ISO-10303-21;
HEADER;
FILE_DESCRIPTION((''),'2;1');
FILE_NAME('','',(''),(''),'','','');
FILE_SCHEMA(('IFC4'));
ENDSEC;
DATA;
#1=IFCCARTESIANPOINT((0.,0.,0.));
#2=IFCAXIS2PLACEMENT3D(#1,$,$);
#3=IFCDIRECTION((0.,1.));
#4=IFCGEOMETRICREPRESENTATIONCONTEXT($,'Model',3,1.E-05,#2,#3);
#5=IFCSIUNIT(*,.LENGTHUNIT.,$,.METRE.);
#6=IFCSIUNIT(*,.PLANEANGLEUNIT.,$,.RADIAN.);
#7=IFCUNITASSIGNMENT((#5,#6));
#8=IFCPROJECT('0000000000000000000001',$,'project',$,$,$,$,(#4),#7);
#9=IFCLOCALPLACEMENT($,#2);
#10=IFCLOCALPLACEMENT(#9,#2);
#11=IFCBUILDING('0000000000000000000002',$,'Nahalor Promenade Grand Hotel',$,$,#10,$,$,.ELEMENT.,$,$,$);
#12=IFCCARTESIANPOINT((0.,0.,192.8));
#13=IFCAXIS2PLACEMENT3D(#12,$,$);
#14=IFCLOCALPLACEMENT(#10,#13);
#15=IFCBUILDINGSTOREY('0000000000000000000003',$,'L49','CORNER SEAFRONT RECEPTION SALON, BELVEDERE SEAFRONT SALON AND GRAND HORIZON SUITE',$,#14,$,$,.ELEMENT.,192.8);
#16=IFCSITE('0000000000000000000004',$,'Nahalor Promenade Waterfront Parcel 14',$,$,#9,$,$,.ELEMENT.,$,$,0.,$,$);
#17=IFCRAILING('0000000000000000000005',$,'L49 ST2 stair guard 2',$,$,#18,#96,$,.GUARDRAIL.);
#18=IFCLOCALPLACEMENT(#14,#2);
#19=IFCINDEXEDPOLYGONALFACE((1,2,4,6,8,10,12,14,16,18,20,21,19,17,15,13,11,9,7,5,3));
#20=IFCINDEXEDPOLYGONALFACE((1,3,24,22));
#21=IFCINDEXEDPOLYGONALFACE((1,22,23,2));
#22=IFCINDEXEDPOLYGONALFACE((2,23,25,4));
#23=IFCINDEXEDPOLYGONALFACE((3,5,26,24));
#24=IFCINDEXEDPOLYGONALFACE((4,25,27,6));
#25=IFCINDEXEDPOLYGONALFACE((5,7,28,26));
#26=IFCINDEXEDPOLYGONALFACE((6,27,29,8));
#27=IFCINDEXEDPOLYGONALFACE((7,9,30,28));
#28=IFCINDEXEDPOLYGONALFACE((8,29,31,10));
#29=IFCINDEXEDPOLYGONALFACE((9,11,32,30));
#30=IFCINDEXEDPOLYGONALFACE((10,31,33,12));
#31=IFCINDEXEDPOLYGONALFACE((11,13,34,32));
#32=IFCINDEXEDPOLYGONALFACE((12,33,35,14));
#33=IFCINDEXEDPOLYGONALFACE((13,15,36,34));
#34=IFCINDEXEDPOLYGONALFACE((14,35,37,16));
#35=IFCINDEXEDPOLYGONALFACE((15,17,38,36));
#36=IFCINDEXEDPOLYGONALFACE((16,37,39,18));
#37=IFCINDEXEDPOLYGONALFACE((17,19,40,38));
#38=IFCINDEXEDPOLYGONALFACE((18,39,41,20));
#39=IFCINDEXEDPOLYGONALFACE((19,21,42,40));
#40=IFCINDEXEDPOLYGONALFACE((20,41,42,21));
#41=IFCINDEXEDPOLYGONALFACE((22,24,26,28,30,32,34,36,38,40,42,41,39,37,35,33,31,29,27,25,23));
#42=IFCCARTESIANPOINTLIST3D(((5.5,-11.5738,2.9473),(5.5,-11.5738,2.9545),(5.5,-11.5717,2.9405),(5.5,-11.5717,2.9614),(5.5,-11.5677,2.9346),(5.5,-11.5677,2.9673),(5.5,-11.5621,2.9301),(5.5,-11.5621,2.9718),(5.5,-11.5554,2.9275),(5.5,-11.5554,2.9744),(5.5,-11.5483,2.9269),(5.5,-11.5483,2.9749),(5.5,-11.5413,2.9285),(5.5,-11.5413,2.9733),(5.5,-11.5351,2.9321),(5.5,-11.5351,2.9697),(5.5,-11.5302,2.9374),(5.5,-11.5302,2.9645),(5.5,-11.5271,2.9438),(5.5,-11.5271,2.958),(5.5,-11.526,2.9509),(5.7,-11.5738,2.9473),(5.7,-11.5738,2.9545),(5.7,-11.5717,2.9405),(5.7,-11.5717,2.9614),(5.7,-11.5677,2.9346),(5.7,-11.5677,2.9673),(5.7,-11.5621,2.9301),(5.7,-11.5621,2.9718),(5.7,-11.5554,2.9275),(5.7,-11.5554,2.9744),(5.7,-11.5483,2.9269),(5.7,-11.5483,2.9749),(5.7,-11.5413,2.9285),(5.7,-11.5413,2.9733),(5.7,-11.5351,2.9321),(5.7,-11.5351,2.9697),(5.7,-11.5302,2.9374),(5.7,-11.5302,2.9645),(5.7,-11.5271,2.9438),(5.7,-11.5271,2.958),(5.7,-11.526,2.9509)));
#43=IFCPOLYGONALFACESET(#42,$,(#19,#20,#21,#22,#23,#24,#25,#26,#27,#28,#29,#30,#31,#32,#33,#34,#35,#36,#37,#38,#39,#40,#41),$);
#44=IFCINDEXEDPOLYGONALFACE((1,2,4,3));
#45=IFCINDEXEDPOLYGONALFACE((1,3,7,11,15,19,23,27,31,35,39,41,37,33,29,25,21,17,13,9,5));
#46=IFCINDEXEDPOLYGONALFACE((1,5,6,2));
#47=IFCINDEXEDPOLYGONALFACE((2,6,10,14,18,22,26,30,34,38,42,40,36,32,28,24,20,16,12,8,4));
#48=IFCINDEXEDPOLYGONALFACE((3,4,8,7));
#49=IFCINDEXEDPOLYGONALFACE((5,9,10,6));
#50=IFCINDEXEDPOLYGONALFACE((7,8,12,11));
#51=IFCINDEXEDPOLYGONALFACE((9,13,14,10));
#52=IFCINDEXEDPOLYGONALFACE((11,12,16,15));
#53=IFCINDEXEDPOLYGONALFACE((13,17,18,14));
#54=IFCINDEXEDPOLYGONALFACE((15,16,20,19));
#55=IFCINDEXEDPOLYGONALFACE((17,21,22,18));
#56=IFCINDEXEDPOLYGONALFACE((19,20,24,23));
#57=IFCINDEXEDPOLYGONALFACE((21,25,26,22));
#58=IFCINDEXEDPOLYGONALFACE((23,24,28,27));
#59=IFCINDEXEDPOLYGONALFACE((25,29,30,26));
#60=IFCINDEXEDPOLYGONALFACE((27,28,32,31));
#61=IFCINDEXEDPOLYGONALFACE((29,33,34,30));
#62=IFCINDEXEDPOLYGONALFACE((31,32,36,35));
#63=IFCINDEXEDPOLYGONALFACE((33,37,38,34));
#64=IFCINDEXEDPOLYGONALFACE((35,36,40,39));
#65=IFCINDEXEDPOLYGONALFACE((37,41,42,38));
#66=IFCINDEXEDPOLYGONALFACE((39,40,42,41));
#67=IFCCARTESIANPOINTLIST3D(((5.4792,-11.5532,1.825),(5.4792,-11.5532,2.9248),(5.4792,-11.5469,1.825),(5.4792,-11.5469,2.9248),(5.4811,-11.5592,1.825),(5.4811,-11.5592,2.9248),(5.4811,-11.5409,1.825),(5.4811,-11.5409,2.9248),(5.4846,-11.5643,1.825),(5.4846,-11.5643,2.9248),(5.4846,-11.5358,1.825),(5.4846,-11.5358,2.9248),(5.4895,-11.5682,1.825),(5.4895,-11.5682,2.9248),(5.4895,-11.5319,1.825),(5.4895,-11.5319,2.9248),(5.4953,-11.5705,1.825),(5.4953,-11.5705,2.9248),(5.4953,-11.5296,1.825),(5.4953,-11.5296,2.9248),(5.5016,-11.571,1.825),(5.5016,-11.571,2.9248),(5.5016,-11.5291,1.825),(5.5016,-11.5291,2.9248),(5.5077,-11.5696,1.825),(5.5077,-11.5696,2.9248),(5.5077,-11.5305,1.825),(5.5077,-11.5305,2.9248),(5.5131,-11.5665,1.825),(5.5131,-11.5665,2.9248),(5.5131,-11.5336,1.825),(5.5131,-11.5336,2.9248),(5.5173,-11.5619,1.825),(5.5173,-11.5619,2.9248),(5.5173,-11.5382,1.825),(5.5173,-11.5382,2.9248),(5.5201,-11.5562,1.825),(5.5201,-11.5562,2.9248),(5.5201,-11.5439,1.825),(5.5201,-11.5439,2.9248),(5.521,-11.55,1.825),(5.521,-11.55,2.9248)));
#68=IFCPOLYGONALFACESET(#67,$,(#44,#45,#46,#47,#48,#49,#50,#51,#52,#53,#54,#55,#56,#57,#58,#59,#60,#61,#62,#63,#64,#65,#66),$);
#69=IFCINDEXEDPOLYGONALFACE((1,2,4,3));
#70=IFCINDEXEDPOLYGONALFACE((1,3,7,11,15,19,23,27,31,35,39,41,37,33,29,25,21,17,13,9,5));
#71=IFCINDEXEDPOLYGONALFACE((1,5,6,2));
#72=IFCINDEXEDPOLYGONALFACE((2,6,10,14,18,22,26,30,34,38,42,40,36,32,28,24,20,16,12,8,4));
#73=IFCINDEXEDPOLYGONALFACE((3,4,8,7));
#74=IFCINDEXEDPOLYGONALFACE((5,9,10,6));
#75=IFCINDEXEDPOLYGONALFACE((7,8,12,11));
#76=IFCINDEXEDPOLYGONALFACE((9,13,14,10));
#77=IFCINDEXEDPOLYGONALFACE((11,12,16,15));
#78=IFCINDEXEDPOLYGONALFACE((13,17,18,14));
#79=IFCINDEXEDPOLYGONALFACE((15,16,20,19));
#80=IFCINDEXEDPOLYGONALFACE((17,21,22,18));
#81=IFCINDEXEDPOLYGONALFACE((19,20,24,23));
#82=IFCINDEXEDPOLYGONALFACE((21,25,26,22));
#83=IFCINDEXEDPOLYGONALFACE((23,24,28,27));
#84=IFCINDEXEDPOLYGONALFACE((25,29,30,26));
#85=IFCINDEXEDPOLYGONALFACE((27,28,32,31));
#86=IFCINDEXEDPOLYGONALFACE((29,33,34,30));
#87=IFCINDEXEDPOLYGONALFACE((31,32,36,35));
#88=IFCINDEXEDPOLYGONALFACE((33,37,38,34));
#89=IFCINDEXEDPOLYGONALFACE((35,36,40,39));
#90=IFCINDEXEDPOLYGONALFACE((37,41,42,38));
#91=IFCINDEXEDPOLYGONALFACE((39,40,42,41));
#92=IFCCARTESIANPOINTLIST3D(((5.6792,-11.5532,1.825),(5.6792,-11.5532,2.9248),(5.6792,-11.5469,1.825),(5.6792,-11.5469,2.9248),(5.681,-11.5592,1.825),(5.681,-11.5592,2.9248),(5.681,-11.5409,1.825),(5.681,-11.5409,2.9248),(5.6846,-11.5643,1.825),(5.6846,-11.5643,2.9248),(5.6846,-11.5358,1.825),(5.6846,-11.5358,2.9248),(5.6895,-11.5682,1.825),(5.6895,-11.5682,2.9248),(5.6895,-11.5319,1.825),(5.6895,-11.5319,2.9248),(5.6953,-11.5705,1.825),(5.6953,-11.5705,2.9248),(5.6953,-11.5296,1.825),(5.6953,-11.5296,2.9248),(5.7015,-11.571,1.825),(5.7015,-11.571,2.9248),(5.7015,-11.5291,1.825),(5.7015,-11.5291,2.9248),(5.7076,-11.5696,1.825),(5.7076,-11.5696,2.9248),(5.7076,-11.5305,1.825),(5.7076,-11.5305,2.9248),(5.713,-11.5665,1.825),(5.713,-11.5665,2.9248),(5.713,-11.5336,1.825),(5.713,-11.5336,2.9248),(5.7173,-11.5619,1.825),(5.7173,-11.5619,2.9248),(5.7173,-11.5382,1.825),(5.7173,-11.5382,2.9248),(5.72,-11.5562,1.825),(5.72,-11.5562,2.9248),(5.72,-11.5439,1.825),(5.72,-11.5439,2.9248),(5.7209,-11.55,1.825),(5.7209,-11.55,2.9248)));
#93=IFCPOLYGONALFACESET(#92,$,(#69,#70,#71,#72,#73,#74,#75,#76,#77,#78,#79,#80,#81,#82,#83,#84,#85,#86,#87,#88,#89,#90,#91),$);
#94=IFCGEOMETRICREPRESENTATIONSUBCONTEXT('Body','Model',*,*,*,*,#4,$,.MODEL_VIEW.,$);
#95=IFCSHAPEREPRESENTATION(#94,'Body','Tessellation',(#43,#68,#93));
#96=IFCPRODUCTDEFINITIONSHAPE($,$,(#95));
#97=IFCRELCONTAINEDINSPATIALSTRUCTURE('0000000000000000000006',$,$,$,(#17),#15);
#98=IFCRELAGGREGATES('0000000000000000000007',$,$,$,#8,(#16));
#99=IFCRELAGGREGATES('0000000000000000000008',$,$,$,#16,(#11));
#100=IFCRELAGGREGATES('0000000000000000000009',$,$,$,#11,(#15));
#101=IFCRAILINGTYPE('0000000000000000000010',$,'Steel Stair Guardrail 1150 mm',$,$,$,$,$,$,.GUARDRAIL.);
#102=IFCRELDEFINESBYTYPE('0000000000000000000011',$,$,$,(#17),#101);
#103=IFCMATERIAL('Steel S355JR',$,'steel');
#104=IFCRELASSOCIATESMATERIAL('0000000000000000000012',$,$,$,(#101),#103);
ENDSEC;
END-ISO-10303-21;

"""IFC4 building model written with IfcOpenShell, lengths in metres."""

from ifc_helpers import new_model, si_unit, direction, frame, origin, origin_2d, place, context, subcontext, project, spatial, circle, extrude, material, type_object, element, save


model = new_model("IFC4")

# Units and contexts
model_context = context("Model", 3, precision=1e-05, world=origin(), true_north=direction((0.0, 1.0)))
body_context = subcontext(model_context, "Body", "Model", "MODEL_VIEW")
ifc_project = project(units=[si_unit("LENGTHUNIT", "METRE"), si_unit("PLANEANGLEUNIT", "RADIAN")], contexts=[model_context])

# Site, building, storey
site_placement = place(None, origin())
site = spatial("IfcSite", under=ifc_project, at=site_placement, Name="Nahalor Promenade Waterfront Parcel 14", CompositionType="ELEMENT", RefElevation=0.0)
building_placement = place(site_placement, origin())
building = spatial("IfcBuilding", under=site, at=building_placement, Name="Nahalor Promenade Grand Hotel", CompositionType="ELEMENT")
storey_placement = place(building_placement, frame((0.0, 0.0, 192.8)))
storey = spatial("IfcBuildingStorey", under=building, at=storey_placement, Name="L49", Description="CORNER SEAFRONT RECEPTION SALON, BELVEDERE SEAFRONT SALON AND GRAND HORIZON SUITE", CompositionType="ELEMENT", Elevation=192.8)

# Shared definitions
ifc_material_1 = material(Name="Steel S355JR", Category="steel")

# Railing
railing_type_1 = type_object("IfcRailingType", Name="Steel Stair Guardrail 1150 mm", PredefinedType="GUARDRAIL", material=ifc_material_1)
railing_1_placement = place(storey_placement, frame((5.5, -11.55, 1.825)))
element("IfcRailing", 1, at=railing_1_placement, inside=storey, type_object=railing_type_1, Name="L49 ST2 stair guard 2", PredefinedType="GUARDRAIL", context=body_context, shape_type="SweptSolid", body=[
    extrude(circle(Radius=0.024, at=origin_2d()), frame((0.0, 0.0, 1.126), z_axis=(1.0, 0.0, 0.0), x_axis=(0.0, 1.0, 0.0)), (0.0, 0.0, 1.0), 0.2),
    extrude(circle(Radius=0.021, at=origin_2d()), origin(), (0.0, 0.0, 1.0), 1.0999),
    extrude(circle(Radius=0.021, at=origin_2d()), frame((0.2, 0.0, 0.0)), (0.0, 0.0, 1.0), 1.0999),
])

save(model, "model.ifc")
